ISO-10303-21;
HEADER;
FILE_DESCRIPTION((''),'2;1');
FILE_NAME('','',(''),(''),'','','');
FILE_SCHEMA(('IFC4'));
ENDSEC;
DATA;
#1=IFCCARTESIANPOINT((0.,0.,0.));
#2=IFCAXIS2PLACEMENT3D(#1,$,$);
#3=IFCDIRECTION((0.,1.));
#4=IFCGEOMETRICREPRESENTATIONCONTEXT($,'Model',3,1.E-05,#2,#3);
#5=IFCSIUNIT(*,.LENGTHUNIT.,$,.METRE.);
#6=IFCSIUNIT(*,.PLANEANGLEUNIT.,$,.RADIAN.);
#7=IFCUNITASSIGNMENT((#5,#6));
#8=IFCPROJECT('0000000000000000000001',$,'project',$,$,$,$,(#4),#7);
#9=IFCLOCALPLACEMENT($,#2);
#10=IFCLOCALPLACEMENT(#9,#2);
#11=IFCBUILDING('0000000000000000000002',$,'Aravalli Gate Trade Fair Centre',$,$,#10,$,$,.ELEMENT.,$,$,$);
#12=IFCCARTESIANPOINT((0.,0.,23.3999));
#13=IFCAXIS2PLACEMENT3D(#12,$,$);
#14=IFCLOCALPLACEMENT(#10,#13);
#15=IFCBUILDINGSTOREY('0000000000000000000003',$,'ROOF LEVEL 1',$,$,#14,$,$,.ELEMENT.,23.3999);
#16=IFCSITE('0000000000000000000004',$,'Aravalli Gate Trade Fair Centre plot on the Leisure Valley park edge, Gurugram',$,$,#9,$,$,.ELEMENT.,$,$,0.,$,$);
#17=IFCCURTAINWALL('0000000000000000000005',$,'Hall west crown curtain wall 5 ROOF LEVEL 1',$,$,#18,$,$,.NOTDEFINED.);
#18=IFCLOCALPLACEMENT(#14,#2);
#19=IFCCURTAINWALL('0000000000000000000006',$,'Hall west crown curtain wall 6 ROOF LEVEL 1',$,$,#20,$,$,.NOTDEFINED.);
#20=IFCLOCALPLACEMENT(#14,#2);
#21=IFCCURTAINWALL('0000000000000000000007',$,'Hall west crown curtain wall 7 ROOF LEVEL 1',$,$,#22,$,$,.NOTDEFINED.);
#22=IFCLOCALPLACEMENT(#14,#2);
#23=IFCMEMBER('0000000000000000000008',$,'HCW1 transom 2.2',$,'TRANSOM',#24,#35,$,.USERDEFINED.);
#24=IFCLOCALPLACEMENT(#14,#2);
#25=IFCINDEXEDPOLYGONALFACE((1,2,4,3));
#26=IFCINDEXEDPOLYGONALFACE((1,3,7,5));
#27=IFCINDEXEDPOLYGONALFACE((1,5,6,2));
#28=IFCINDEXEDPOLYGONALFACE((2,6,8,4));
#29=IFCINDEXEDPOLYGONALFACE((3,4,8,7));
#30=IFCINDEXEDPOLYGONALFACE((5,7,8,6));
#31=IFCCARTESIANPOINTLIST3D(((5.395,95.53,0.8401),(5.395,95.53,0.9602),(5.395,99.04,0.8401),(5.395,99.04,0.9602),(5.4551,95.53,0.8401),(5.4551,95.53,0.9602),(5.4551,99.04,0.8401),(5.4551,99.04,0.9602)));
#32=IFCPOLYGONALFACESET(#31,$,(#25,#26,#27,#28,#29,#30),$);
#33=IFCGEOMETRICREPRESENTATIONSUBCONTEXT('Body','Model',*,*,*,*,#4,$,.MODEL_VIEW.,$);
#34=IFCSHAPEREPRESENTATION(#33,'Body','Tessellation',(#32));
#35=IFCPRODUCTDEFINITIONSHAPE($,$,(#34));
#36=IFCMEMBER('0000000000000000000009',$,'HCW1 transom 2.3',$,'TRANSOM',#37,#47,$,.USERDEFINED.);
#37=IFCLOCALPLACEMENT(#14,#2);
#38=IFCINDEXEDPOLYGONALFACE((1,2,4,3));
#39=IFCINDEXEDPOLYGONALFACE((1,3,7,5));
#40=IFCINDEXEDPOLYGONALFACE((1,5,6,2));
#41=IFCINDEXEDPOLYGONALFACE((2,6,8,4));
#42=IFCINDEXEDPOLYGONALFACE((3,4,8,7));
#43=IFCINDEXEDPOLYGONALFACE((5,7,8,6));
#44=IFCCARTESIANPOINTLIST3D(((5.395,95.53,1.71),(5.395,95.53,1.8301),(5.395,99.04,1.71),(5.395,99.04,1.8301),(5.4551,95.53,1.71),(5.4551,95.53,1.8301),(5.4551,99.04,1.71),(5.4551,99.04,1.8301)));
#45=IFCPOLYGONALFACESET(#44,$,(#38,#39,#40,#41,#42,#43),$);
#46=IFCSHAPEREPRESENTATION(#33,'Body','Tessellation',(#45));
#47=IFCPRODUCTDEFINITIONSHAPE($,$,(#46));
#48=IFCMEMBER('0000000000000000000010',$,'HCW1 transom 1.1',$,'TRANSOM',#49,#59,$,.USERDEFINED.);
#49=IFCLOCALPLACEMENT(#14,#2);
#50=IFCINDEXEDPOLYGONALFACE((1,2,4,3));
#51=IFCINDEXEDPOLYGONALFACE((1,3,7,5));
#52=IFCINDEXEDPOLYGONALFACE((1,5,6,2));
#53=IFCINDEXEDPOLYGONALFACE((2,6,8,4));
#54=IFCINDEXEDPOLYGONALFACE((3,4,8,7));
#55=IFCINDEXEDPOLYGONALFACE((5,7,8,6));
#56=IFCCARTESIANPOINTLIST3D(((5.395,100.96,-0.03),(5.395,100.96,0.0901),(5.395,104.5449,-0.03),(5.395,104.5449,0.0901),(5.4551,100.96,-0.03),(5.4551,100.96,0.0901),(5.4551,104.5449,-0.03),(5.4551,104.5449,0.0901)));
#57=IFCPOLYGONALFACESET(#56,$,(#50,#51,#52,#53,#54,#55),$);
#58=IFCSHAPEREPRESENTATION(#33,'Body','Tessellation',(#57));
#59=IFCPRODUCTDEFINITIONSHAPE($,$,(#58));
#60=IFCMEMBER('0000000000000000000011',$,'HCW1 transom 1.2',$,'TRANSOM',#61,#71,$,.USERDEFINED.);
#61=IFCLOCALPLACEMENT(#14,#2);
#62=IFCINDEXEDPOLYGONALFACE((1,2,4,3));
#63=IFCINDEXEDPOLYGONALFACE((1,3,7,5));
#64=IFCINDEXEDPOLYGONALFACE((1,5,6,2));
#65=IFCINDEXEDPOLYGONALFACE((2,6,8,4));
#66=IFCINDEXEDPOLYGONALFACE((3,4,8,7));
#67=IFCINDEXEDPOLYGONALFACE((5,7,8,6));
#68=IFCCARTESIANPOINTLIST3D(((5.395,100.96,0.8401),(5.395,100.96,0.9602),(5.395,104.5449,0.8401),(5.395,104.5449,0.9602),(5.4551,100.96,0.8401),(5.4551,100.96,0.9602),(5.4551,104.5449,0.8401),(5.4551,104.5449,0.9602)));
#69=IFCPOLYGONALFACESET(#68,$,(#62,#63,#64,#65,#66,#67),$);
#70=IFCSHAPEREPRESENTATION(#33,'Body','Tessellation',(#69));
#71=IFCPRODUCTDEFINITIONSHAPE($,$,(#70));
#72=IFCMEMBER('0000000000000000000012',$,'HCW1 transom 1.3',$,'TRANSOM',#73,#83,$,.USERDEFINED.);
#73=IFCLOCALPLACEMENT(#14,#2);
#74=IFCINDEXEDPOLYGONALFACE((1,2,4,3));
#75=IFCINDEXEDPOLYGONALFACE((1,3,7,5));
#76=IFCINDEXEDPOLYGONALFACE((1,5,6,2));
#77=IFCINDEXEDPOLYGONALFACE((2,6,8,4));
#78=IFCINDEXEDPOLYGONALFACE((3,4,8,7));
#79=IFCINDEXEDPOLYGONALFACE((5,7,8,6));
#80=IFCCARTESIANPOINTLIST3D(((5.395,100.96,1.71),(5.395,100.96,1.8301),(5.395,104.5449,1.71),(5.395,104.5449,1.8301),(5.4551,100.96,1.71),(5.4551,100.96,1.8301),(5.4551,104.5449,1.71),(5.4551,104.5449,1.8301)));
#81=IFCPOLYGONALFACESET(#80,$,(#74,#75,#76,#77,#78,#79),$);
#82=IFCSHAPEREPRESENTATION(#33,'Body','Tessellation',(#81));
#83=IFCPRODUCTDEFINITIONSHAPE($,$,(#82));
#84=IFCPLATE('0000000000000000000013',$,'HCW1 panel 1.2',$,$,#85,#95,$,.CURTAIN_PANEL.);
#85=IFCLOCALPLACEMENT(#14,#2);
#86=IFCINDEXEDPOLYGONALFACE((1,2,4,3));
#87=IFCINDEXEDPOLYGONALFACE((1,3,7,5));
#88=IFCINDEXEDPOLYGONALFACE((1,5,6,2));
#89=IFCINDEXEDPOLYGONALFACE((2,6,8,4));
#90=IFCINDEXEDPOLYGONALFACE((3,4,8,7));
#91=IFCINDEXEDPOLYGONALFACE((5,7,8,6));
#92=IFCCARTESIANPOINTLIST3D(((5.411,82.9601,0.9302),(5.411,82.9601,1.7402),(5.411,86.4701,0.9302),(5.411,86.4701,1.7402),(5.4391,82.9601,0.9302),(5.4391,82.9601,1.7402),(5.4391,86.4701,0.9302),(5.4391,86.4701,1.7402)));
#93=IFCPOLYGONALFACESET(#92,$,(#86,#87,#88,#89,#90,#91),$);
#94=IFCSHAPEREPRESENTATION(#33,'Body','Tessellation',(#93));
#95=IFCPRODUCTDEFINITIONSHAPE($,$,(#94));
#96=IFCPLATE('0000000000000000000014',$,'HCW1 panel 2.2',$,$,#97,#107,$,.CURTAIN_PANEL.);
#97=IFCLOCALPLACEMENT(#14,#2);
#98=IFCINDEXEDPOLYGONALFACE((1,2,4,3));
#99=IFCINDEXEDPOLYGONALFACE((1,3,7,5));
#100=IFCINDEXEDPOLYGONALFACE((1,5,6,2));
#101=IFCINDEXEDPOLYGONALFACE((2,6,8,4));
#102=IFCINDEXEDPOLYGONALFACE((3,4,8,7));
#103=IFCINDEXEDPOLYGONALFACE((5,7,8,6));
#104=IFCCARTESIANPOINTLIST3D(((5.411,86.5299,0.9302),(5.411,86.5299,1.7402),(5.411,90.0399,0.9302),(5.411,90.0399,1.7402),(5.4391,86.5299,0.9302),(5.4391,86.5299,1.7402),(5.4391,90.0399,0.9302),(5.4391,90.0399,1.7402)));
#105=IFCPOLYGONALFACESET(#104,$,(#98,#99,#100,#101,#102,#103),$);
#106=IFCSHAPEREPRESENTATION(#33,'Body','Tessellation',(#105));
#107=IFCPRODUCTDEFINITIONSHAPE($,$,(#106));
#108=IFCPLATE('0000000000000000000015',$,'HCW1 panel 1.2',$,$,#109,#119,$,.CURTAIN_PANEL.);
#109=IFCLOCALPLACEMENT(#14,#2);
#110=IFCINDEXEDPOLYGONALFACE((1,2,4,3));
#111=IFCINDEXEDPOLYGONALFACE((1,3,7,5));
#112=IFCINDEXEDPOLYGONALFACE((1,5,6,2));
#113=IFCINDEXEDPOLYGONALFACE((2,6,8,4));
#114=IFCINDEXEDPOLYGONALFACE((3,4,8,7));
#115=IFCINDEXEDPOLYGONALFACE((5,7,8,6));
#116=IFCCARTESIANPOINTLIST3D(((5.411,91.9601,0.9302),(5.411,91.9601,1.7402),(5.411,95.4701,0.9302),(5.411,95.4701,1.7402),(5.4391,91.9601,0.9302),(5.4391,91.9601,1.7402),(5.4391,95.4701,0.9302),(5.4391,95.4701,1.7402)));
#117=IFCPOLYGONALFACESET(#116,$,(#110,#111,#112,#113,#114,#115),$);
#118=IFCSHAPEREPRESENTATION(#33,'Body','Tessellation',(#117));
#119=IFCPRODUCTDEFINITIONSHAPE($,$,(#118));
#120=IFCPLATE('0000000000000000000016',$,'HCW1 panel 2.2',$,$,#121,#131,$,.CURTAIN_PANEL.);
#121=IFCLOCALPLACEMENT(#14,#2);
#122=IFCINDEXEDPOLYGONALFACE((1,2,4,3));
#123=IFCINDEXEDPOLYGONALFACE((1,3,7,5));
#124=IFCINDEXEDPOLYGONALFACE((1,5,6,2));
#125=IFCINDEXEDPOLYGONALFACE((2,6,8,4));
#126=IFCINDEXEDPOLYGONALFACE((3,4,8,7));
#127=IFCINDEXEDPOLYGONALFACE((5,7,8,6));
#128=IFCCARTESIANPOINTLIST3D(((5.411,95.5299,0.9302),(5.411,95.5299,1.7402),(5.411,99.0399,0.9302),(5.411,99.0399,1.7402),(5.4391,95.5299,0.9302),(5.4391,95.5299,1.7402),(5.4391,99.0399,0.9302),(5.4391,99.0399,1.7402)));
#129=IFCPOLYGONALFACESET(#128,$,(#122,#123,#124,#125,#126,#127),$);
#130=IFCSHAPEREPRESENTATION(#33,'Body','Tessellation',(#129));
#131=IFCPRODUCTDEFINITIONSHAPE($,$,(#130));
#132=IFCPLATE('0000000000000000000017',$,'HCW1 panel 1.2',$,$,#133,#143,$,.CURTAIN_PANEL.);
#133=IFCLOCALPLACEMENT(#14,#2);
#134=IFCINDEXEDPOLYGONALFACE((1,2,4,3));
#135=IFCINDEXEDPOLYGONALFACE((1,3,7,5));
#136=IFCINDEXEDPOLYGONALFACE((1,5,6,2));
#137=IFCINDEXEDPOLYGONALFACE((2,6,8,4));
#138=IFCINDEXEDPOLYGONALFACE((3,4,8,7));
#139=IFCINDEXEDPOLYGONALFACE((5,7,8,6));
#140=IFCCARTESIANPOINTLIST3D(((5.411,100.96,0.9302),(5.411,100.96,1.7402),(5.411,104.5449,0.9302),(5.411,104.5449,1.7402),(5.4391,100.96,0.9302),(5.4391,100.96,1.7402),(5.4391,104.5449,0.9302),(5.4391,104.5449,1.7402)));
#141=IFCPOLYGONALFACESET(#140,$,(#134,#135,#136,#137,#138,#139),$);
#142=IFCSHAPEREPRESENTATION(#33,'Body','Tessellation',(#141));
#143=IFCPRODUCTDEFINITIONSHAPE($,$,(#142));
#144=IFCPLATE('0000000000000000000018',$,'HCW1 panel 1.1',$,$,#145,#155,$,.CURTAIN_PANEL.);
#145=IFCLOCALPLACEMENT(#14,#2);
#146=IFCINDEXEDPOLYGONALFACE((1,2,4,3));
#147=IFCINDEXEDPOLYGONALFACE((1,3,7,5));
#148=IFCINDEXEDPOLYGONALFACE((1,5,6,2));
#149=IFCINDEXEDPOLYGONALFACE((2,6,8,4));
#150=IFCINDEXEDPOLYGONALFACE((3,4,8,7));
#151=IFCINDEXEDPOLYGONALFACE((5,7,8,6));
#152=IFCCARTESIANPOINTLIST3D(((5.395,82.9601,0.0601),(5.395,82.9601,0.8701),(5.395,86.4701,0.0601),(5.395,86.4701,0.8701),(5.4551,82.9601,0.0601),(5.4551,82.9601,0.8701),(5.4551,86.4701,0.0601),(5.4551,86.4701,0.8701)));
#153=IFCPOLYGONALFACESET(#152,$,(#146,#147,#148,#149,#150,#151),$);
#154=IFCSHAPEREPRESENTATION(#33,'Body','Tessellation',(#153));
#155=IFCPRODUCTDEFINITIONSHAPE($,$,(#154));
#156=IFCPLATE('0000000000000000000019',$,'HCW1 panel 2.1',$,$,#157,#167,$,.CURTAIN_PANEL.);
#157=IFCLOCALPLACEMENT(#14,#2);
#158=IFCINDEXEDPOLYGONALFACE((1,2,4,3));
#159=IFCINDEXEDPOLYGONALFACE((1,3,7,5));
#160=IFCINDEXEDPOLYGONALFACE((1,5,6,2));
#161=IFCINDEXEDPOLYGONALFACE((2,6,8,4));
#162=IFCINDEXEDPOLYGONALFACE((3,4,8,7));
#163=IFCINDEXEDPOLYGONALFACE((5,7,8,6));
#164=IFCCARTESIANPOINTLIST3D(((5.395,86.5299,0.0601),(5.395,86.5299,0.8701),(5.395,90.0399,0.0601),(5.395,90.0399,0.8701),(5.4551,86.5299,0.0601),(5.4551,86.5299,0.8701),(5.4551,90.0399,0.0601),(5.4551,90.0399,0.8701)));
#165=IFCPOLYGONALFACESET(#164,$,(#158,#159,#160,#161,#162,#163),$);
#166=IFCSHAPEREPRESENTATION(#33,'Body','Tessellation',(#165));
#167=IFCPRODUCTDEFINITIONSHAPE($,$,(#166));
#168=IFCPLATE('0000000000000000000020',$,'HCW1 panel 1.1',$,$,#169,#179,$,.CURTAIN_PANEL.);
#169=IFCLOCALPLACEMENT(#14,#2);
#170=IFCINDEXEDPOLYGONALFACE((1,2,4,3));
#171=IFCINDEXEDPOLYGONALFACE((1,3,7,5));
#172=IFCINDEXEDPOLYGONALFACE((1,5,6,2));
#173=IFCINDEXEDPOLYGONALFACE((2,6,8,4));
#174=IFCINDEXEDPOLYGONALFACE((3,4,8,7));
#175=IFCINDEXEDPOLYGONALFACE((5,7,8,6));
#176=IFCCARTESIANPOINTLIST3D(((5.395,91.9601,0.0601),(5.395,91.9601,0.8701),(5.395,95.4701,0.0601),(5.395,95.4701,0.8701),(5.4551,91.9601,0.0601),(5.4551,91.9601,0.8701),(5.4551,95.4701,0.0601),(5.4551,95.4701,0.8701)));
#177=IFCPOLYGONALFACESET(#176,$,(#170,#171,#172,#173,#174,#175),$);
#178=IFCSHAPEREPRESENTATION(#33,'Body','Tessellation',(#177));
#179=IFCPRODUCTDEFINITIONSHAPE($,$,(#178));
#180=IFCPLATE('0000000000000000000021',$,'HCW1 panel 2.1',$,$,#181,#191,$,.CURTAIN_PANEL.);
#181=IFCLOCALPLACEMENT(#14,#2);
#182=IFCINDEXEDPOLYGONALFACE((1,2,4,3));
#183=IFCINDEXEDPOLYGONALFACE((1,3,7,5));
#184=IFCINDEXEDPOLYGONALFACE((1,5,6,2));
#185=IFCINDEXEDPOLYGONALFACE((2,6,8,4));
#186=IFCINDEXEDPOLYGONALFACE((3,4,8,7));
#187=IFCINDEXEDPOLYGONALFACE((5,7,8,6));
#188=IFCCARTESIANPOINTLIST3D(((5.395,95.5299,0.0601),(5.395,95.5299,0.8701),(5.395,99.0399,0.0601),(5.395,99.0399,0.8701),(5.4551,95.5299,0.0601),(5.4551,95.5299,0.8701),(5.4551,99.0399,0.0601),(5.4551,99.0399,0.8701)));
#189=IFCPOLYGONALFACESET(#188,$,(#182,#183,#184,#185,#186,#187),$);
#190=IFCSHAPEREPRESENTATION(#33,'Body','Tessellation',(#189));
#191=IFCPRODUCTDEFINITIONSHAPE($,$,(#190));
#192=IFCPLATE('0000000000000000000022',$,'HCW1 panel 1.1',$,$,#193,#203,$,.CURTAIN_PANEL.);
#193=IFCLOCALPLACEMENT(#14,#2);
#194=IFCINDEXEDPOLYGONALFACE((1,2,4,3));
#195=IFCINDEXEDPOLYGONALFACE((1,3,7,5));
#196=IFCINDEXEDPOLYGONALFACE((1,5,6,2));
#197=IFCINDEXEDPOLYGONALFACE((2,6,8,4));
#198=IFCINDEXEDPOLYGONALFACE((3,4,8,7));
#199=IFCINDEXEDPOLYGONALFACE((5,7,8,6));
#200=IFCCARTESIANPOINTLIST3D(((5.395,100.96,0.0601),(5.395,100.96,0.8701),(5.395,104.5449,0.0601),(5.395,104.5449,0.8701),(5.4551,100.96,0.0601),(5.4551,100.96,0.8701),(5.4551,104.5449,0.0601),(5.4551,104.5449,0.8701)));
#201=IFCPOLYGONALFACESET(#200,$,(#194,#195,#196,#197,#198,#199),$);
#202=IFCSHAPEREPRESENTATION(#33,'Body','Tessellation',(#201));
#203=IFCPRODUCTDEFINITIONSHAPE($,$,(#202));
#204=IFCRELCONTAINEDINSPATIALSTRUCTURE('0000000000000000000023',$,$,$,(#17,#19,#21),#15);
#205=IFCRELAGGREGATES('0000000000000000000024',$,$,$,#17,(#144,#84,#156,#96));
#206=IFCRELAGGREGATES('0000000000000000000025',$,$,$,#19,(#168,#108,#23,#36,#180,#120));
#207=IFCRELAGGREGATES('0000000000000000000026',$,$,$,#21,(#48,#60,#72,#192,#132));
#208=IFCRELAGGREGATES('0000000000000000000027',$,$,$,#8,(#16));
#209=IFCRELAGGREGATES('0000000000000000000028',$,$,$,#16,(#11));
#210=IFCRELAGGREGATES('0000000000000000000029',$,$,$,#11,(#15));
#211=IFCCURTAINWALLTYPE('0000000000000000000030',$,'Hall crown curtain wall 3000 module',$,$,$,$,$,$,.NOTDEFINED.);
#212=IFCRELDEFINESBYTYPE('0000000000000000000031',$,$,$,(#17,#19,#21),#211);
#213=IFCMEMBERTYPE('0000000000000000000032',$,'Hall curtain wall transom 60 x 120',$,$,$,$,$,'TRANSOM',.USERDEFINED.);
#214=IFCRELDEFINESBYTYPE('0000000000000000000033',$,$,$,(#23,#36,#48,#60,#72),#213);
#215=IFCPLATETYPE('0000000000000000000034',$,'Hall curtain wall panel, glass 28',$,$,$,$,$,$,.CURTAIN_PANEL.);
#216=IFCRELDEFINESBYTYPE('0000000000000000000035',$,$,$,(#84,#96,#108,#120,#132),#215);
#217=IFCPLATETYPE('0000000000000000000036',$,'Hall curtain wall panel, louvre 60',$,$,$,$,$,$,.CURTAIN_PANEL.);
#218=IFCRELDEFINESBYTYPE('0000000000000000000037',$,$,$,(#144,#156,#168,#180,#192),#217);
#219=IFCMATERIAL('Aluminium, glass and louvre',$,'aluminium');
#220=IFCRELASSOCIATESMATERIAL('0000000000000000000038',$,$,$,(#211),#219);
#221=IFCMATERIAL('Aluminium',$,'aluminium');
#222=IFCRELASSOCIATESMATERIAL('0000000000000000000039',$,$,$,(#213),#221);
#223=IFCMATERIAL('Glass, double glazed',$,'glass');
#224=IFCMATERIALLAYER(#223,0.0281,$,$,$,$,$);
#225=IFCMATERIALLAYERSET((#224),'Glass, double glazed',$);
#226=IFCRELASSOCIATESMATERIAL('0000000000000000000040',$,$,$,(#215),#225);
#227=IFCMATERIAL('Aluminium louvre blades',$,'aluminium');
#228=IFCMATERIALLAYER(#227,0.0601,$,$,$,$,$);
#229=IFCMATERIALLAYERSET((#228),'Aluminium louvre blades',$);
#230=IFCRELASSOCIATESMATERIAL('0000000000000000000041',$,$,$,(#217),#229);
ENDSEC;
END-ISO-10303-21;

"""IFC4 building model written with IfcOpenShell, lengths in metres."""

from ifc_helpers import new_model, si_unit, direction, frame, origin, origin_2d, place, context, subcontext, project, spatial, rectangle, extrude, material, layer, layer_set, material_profile, profile_set, type_object, element, aggregate, save


model = new_model("IFC4")

# Units and contexts
model_context = context("Model", 3, precision=1e-05, world=origin(), true_north=direction((0.0, 1.0)))
body_context = subcontext(model_context, "Body", "Model", "MODEL_VIEW")
ifc_project = project(units=[si_unit("LENGTHUNIT", "METRE"), si_unit("PLANEANGLEUNIT", "RADIAN")], contexts=[model_context])

# Site, building, storey
site_placement = place(None, origin())
site = spatial("IfcSite", under=ifc_project, at=site_placement, Name="Aravalli Gate Trade Fair Centre plot on the Leisure Valley park edge, Gurugram", CompositionType="ELEMENT", RefElevation=0.0)
building_placement = place(site_placement, origin())
building = spatial("IfcBuilding", under=site, at=building_placement, Name="Aravalli Gate Trade Fair Centre", CompositionType="ELEMENT")
storey_placement = place(building_placement, frame((0.0, 0.0, 23.3999)))
storey = spatial("IfcBuildingStorey", under=building, at=storey_placement, Name="ROOF LEVEL 1", CompositionType="ELEMENT", Elevation=23.3999)

# Curtain walls
ifc_material_1 = material(Name="Aluminium, glass and louvre", Category="aluminium")
curtain_wall_type = type_object("IfcCurtainWallType", Name="Hall crown curtain wall 3000 module", PredefinedType="NOTDEFINED", material=ifc_material_1)
curtain_wall_1_placement = place(storey_placement, origin())
curtain_wall_1 = element("IfcCurtainWall", 1, at=curtain_wall_1_placement, inside=storey, type_object=curtain_wall_type, Name="Hall west crown curtain wall 5 ROOF LEVEL 1", PredefinedType="NOTDEFINED")
ifc_material_2 = material(Name="Aluminium", Category="aluminium")
curtain_wall_2_placement = place(storey_placement, origin())
curtain_wall_2 = element("IfcCurtainWall", 2, at=curtain_wall_2_placement, inside=storey, type_object=curtain_wall_type, Name="Hall west crown curtain wall 6 ROOF LEVEL 1", PredefinedType="NOTDEFINED")

# Curtain wall
curtain_wall_3_placement = place(storey_placement, origin())
curtain_wall_3 = element("IfcCurtainWall", 3, at=curtain_wall_3_placement, inside=storey, type_object=curtain_wall_type, Name="Hall west crown curtain wall 7 ROOF LEVEL 1", PredefinedType="NOTDEFINED")

# Members
ifc_material_profile_1 = material_profile(ifc_material_2, rectangle(XDim=0.0601, YDim=0.1201, at=origin_2d()), Name="Hall curtain wall transom 60 x 120")
ifc_profile_set_1 = profile_set([ifc_material_profile_1], Name="Aluminium")
member_type_1 = type_object("IfcMemberType", Name="Hall curtain wall transom 60 x 120", ElementType="TRANSOM", PredefinedType="USERDEFINED", material=ifc_profile_set_1)
member_1_placement = place(storey_placement, frame((5.425, 95.53, 0.9001), z_axis=(0.0, 1.0, 0.0), x_axis=(-1.0, 0.0, 0.0)))
member_1 = element("IfcMember", 4, at=member_1_placement, type_object=member_type_1, Name="HCW1 transom 2.2", ObjectType="TRANSOM", PredefinedType="USERDEFINED", context=body_context, shape_type="SweptSolid", body=[
    extrude(rectangle(XDim=0.0601, YDim=0.1201, at=origin_2d()), origin(), (0.0, 0.0, 1.0), 3.51),
])
member_2_placement = place(storey_placement, frame((5.425, 95.53, 1.77), z_axis=(0.0, 1.0, 0.0), x_axis=(-1.0, 0.0, 0.0)))
member_2 = element("IfcMember", 5, at=member_2_placement, type_object=member_type_1, Name="HCW1 transom 2.3", ObjectType="TRANSOM", PredefinedType="USERDEFINED", context=body_context, shape_type="SweptSolid", body=[
    extrude(rectangle(XDim=0.0601, YDim=0.1201, at=origin_2d()), origin(), (0.0, 0.0, 1.0), 3.51),
])
member_3_placement = place(storey_placement, frame((5.425, 100.96, 0.03), z_axis=(0.0, 1.0, 0.0), x_axis=(-1.0, 0.0, 0.0)))
member_3 = element("IfcMember", 6, at=member_3_placement, type_object=member_type_1, Name="HCW1 transom 1.1", ObjectType="TRANSOM", PredefinedType="USERDEFINED", context=body_context, shape_type="SweptSolid", body=[
    extrude(rectangle(XDim=0.0601, YDim=0.1201, at=origin_2d()), origin(), (0.0, 0.0, 1.0), 3.585),
])
member_4_placement = place(storey_placement, frame((5.425, 100.96, 0.9001), z_axis=(0.0, 1.0, 0.0), x_axis=(-1.0, 0.0, 0.0)))
member_4 = element("IfcMember", 7, at=member_4_placement, type_object=member_type_1, Name="HCW1 transom 1.2", ObjectType="TRANSOM", PredefinedType="USERDEFINED", context=body_context, shape_type="SweptSolid", body=[
    extrude(rectangle(XDim=0.0601, YDim=0.1201, at=origin_2d()), origin(), (0.0, 0.0, 1.0), 3.585),
])
member_5_placement = place(storey_placement, frame((5.425, 100.96, 1.77), z_axis=(0.0, 1.0, 0.0), x_axis=(-1.0, 0.0, 0.0)))
member_5 = element("IfcMember", 8, at=member_5_placement, type_object=member_type_1, Name="HCW1 transom 1.3", ObjectType="TRANSOM", PredefinedType="USERDEFINED", context=body_context, shape_type="SweptSolid", body=[
    extrude(rectangle(XDim=0.0601, YDim=0.1201, at=origin_2d()), origin(), (0.0, 0.0, 1.0), 3.585),
])

# Plates
ifc_material_3 = material(Name="Glass, double glazed", Category="glass")
ifc_layer_1 = layer(ifc_material_3, 0.0281)
ifc_layer_set_1 = layer_set([ifc_layer_1], Name="Glass, double glazed")
plate_type_1 = type_object("IfcPlateType", Name="Hall curtain wall panel, glass 28", PredefinedType="CURTAIN_PANEL", material=ifc_layer_set_1)
plate_1_placement = place(storey_placement, frame((5.425, 84.7151, 0.9302), z_axis=(0.0, 0.0, 1.0), x_axis=(0.0, 1.0, 0.0)))
plate_1 = element("IfcPlate", 9, at=plate_1_placement, type_object=plate_type_1, Name="HCW1 panel 1.2", PredefinedType="CURTAIN_PANEL", context=body_context, shape_type="SweptSolid", body=[
    extrude(rectangle(XDim=3.51, YDim=0.0281, at=origin_2d()), origin(), (0.0, 0.0, 1.0), 0.8101),
])
plate_2_placement = place(storey_placement, frame((5.425, 88.2849, 0.9302), z_axis=(0.0, 0.0, 1.0), x_axis=(0.0, 1.0, 0.0)))
plate_2 = element("IfcPlate", 10, at=plate_2_placement, type_object=plate_type_1, Name="HCW1 panel 2.2", PredefinedType="CURTAIN_PANEL", context=body_context, shape_type="SweptSolid", body=[
    extrude(rectangle(XDim=3.51, YDim=0.0281, at=origin_2d()), origin(), (0.0, 0.0, 1.0), 0.8101),
])
plate_3_placement = place(storey_placement, frame((5.425, 93.7151, 0.9302), z_axis=(0.0, 0.0, 1.0), x_axis=(0.0, 1.0, 0.0)))
plate_3 = element("IfcPlate", 11, at=plate_3_placement, type_object=plate_type_1, Name="HCW1 panel 1.2", PredefinedType="CURTAIN_PANEL", context=body_context, shape_type="SweptSolid", body=[
    extrude(rectangle(XDim=3.51, YDim=0.0281, at=origin_2d()), origin(), (0.0, 0.0, 1.0), 0.8101),
])
plate_4_placement = place(storey_placement, frame((5.425, 97.2849, 0.9302), z_axis=(0.0, 0.0, 1.0), x_axis=(0.0, 1.0, 0.0)))
plate_4 = element("IfcPlate", 12, at=plate_4_placement, type_object=plate_type_1, Name="HCW1 panel 2.2", PredefinedType="CURTAIN_PANEL", context=body_context, shape_type="SweptSolid", body=[
    extrude(rectangle(XDim=3.51, YDim=0.0281, at=origin_2d()), origin(), (0.0, 0.0, 1.0), 0.8101),
])
plate_5_placement = place(storey_placement, frame((5.425, 102.7524, 0.9302), z_axis=(0.0, 0.0, 1.0), x_axis=(0.0, 1.0, 0.0)))
plate_5 = element("IfcPlate", 13, at=plate_5_placement, type_object=plate_type_1, Name="HCW1 panel 1.2", PredefinedType="CURTAIN_PANEL", context=body_context, shape_type="SweptSolid", body=[
    extrude(rectangle(XDim=3.585, YDim=0.0281, at=origin_2d()), origin(), (0.0, 0.0, 1.0), 0.8101),
])
ifc_material_4 = material(Name="Aluminium louvre blades", Category="aluminium")
ifc_layer_2 = layer(ifc_material_4, 0.0601)
ifc_layer_set_2 = layer_set([ifc_layer_2], Name="Aluminium louvre blades")
plate_type_2 = type_object("IfcPlateType", Name="Hall curtain wall panel, louvre 60", PredefinedType="CURTAIN_PANEL", material=ifc_layer_set_2)
plate_6_placement = place(storey_placement, frame((5.425, 84.7151, 0.0601), z_axis=(0.0, 0.0, 1.0), x_axis=(0.0, 1.0, 0.0)))
plate_6 = element("IfcPlate", 14, at=plate_6_placement, type_object=plate_type_2, Name="HCW1 panel 1.1", PredefinedType="CURTAIN_PANEL", context=body_context, shape_type="SweptSolid", body=[
    extrude(rectangle(XDim=3.51, YDim=0.0601, at=origin_2d()), origin(), (0.0, 0.0, 1.0), 0.8101),
])
plate_7_placement = place(storey_placement, frame((5.425, 88.2849, 0.0601), z_axis=(0.0, 0.0, 1.0), x_axis=(0.0, 1.0, 0.0)))
plate_7 = element("IfcPlate", 15, at=plate_7_placement, type_object=plate_type_2, Name="HCW1 panel 2.1", PredefinedType="CURTAIN_PANEL", context=body_context, shape_type="SweptSolid", body=[
    extrude(rectangle(XDim=3.51, YDim=0.0601, at=origin_2d()), origin(), (0.0, 0.0, 1.0), 0.8101),
])
aggregate(curtain_wall_1, [plate_6, plate_1, plate_7, plate_2])
plate_8_placement = place(storey_placement, frame((5.425, 93.7151, 0.0601), z_axis=(0.0, 0.0, 1.0), x_axis=(0.0, 1.0, 0.0)))
plate_8 = element("IfcPlate", 16, at=plate_8_placement, type_object=plate_type_2, Name="HCW1 panel 1.1", PredefinedType="CURTAIN_PANEL", context=body_context, shape_type="SweptSolid", body=[
    extrude(rectangle(XDim=3.51, YDim=0.0601, at=origin_2d()), origin(), (0.0, 0.0, 1.0), 0.8101),
])
plate_9_placement = place(storey_placement, frame((5.425, 97.2849, 0.0601), z_axis=(0.0, 0.0, 1.0), x_axis=(0.0, 1.0, 0.0)))
plate_9 = element("IfcPlate", 17, at=plate_9_placement, type_object=plate_type_2, Name="HCW1 panel 2.1", PredefinedType="CURTAIN_PANEL", context=body_context, shape_type="SweptSolid", body=[
    extrude(rectangle(XDim=3.51, YDim=0.0601, at=origin_2d()), origin(), (0.0, 0.0, 1.0), 0.8101),
])
aggregate(curtain_wall_2, [plate_8, plate_3, member_1, member_2, plate_9, plate_4])
plate_10_placement = place(storey_placement, frame((5.425, 102.7524, 0.0601), z_axis=(0.0, 0.0, 1.0), x_axis=(0.0, 1.0, 0.0)))
plate_10 = element("IfcPlate", 18, at=plate_10_placement, type_object=plate_type_2, Name="HCW1 panel 1.1", PredefinedType="CURTAIN_PANEL", context=body_context, shape_type="SweptSolid", body=[
    extrude(rectangle(XDim=3.585, YDim=0.0601, at=origin_2d()), origin(), (0.0, 0.0, 1.0), 0.8101),
])
aggregate(curtain_wall_3, [member_3, member_4, member_5, plate_10, plate_5])

save(model, "model.ifc")
